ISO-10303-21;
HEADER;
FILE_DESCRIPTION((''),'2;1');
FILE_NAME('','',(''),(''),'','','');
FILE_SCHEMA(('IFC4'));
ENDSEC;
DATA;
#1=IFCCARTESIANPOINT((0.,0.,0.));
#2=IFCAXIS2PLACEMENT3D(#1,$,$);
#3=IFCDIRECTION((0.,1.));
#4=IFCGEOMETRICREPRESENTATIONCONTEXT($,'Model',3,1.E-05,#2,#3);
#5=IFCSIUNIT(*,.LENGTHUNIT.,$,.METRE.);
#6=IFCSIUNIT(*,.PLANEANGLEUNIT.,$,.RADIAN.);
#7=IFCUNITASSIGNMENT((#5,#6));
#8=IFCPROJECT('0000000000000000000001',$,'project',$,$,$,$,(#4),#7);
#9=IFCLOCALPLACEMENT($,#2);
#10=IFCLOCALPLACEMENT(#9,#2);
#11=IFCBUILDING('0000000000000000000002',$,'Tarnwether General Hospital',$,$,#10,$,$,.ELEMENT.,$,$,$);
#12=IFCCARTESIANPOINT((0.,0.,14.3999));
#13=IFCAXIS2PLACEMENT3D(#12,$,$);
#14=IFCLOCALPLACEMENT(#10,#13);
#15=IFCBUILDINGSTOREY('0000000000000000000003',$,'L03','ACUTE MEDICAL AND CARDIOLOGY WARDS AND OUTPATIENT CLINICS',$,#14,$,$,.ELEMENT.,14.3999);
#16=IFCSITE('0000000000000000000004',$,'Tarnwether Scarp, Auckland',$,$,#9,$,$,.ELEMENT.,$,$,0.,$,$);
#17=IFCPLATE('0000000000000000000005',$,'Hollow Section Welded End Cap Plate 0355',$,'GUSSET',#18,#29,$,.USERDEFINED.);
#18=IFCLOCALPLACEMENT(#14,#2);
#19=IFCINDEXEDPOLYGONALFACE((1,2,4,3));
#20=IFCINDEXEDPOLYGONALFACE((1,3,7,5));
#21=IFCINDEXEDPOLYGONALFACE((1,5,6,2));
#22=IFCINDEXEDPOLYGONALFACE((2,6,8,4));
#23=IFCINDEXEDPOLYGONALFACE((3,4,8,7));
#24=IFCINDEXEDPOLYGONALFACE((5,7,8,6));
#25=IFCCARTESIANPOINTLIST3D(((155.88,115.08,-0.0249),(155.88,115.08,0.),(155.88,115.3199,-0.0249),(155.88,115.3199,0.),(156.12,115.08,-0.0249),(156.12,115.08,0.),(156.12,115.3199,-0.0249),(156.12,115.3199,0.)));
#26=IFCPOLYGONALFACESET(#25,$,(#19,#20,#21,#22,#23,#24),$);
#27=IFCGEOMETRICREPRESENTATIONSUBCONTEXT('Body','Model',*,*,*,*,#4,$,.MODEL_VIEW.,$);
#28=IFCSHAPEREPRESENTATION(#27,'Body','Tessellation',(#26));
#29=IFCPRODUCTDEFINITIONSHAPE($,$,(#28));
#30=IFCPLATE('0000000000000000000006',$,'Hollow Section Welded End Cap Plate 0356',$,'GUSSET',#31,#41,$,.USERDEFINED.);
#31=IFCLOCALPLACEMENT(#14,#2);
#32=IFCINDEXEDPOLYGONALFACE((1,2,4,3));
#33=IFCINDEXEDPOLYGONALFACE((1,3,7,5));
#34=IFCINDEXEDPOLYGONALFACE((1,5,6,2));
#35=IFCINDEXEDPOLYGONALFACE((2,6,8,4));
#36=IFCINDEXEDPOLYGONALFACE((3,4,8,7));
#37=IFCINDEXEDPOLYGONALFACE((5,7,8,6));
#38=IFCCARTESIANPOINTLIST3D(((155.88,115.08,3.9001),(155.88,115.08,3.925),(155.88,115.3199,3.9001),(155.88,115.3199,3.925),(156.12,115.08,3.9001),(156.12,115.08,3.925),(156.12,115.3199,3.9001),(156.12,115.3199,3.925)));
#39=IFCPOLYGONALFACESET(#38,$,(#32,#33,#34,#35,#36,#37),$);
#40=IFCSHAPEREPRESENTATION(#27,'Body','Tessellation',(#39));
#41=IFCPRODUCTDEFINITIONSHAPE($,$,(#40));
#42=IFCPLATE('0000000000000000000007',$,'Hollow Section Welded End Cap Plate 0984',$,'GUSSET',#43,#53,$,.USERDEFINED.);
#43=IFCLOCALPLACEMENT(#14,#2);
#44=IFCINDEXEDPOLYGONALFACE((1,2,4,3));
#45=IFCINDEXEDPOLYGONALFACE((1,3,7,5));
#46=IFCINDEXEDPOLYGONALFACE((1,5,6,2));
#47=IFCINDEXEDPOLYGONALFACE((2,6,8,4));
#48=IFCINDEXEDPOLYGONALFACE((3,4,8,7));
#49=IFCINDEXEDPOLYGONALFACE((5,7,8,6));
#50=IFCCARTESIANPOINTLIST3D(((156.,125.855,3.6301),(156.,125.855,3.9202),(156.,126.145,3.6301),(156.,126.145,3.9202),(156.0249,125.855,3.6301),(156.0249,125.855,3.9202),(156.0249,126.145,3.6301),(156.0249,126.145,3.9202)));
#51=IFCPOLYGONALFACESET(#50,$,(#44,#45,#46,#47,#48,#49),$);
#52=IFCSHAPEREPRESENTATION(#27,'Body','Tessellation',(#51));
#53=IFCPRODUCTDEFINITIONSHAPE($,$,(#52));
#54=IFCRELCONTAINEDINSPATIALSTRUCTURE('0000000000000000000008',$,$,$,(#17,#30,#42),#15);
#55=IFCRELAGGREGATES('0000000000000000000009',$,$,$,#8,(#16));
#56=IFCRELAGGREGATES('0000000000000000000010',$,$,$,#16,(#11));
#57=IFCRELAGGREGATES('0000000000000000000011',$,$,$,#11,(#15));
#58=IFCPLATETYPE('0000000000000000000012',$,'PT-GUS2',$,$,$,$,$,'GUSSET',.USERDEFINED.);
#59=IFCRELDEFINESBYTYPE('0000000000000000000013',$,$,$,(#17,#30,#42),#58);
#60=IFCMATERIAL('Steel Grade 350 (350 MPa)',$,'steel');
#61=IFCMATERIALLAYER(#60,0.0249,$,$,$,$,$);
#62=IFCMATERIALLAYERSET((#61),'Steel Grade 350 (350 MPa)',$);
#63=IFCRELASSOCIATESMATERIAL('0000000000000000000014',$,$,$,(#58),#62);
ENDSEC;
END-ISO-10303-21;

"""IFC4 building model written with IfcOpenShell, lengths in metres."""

from ifc_helpers import new_model, si_unit, direction, frame, origin, origin_2d, place, context, subcontext, project, spatial, rectangle, extrude, material, layer, layer_set, type_object, element, save


model = new_model("IFC4")

# Units and contexts
model_context = context("Model", 3, precision=1e-05, world=origin(), true_north=direction((0.0, 1.0)))
body_context = subcontext(model_context, "Body", "Model", "MODEL_VIEW")
ifc_project = project(units=[si_unit("LENGTHUNIT", "METRE"), si_unit("PLANEANGLEUNIT", "RADIAN")], contexts=[model_context])

# Site, building, storey
site_placement = place(None, origin())
site = spatial("IfcSite", under=ifc_project, at=site_placement, Name="Tarnwether Scarp, Auckland", CompositionType="ELEMENT", RefElevation=0.0)
building_placement = place(site_placement, origin())
building = spatial("IfcBuilding", under=site, at=building_placement, Name="Tarnwether General Hospital", CompositionType="ELEMENT")
storey_placement = place(building_placement, frame((0.0, 0.0, 14.3999)))
storey = spatial("IfcBuildingStorey", under=building, at=storey_placement, Name="L03", Description="ACUTE MEDICAL AND CARDIOLOGY WARDS AND OUTPATIENT CLINICS", CompositionType="ELEMENT", Elevation=14.3999)

# Plates
ifc_material_1 = material(Name="Steel Grade 350 (350 MPa)", Category="steel")
ifc_layer_1 = layer(ifc_material_1, 0.0249)
ifc_layer_set_1 = layer_set([ifc_layer_1], Name="Steel Grade 350 (350 MPa)")
plate_type_1 = type_object("IfcPlateType", Name="PT-GUS2", ElementType="GUSSET", PredefinedType="USERDEFINED", material=ifc_layer_set_1)
for number, where, z_axis, x_axis, name in (
    (1, (156.0, 115.2, -0.0249), (0.0, 0.0, 1.0), (1.0, 0.0, 0.0), "Hollow Section Welded End Cap Plate 0355"),
    (2, (156.0, 115.2, 3.9001), (0.0, 0.0, 1.0), (1.0, 0.0, 0.0), "Hollow Section Welded End Cap Plate 0356"),
):
    element("IfcPlate", number, at=place(storey_placement, frame(where, z_axis=z_axis, x_axis=x_axis)), inside=storey, type_object=plate_type_1, Name=name, ObjectType="GUSSET", PredefinedType="USERDEFINED", context=body_context, shape_type="SweptSolid", body=[
        extrude(rectangle(XDim=0.24, YDim=0.24, at=origin_2d()), origin(), (0.0, 0.0, 1.0), 0.0249),
    ])
plate_1_placement = place(storey_placement, frame((156.0125, 126.0, 3.6301), z_axis=(0.0, 0.0, 1.0), x_axis=(1.0, 0.0, 0.0)))
element("IfcPlate", 3, at=plate_1_placement, inside=storey, type_object=plate_type_1, Name="Hollow Section Welded End Cap Plate 0984", ObjectType="GUSSET", PredefinedType="USERDEFINED", context=body_context, shape_type="SweptSolid", body=[
    extrude(rectangle(XDim=0.0249, YDim=0.29, at=origin_2d()), origin(), (0.0, 0.0, 1.0), 0.29),
])

save(model, "model.ifc")
